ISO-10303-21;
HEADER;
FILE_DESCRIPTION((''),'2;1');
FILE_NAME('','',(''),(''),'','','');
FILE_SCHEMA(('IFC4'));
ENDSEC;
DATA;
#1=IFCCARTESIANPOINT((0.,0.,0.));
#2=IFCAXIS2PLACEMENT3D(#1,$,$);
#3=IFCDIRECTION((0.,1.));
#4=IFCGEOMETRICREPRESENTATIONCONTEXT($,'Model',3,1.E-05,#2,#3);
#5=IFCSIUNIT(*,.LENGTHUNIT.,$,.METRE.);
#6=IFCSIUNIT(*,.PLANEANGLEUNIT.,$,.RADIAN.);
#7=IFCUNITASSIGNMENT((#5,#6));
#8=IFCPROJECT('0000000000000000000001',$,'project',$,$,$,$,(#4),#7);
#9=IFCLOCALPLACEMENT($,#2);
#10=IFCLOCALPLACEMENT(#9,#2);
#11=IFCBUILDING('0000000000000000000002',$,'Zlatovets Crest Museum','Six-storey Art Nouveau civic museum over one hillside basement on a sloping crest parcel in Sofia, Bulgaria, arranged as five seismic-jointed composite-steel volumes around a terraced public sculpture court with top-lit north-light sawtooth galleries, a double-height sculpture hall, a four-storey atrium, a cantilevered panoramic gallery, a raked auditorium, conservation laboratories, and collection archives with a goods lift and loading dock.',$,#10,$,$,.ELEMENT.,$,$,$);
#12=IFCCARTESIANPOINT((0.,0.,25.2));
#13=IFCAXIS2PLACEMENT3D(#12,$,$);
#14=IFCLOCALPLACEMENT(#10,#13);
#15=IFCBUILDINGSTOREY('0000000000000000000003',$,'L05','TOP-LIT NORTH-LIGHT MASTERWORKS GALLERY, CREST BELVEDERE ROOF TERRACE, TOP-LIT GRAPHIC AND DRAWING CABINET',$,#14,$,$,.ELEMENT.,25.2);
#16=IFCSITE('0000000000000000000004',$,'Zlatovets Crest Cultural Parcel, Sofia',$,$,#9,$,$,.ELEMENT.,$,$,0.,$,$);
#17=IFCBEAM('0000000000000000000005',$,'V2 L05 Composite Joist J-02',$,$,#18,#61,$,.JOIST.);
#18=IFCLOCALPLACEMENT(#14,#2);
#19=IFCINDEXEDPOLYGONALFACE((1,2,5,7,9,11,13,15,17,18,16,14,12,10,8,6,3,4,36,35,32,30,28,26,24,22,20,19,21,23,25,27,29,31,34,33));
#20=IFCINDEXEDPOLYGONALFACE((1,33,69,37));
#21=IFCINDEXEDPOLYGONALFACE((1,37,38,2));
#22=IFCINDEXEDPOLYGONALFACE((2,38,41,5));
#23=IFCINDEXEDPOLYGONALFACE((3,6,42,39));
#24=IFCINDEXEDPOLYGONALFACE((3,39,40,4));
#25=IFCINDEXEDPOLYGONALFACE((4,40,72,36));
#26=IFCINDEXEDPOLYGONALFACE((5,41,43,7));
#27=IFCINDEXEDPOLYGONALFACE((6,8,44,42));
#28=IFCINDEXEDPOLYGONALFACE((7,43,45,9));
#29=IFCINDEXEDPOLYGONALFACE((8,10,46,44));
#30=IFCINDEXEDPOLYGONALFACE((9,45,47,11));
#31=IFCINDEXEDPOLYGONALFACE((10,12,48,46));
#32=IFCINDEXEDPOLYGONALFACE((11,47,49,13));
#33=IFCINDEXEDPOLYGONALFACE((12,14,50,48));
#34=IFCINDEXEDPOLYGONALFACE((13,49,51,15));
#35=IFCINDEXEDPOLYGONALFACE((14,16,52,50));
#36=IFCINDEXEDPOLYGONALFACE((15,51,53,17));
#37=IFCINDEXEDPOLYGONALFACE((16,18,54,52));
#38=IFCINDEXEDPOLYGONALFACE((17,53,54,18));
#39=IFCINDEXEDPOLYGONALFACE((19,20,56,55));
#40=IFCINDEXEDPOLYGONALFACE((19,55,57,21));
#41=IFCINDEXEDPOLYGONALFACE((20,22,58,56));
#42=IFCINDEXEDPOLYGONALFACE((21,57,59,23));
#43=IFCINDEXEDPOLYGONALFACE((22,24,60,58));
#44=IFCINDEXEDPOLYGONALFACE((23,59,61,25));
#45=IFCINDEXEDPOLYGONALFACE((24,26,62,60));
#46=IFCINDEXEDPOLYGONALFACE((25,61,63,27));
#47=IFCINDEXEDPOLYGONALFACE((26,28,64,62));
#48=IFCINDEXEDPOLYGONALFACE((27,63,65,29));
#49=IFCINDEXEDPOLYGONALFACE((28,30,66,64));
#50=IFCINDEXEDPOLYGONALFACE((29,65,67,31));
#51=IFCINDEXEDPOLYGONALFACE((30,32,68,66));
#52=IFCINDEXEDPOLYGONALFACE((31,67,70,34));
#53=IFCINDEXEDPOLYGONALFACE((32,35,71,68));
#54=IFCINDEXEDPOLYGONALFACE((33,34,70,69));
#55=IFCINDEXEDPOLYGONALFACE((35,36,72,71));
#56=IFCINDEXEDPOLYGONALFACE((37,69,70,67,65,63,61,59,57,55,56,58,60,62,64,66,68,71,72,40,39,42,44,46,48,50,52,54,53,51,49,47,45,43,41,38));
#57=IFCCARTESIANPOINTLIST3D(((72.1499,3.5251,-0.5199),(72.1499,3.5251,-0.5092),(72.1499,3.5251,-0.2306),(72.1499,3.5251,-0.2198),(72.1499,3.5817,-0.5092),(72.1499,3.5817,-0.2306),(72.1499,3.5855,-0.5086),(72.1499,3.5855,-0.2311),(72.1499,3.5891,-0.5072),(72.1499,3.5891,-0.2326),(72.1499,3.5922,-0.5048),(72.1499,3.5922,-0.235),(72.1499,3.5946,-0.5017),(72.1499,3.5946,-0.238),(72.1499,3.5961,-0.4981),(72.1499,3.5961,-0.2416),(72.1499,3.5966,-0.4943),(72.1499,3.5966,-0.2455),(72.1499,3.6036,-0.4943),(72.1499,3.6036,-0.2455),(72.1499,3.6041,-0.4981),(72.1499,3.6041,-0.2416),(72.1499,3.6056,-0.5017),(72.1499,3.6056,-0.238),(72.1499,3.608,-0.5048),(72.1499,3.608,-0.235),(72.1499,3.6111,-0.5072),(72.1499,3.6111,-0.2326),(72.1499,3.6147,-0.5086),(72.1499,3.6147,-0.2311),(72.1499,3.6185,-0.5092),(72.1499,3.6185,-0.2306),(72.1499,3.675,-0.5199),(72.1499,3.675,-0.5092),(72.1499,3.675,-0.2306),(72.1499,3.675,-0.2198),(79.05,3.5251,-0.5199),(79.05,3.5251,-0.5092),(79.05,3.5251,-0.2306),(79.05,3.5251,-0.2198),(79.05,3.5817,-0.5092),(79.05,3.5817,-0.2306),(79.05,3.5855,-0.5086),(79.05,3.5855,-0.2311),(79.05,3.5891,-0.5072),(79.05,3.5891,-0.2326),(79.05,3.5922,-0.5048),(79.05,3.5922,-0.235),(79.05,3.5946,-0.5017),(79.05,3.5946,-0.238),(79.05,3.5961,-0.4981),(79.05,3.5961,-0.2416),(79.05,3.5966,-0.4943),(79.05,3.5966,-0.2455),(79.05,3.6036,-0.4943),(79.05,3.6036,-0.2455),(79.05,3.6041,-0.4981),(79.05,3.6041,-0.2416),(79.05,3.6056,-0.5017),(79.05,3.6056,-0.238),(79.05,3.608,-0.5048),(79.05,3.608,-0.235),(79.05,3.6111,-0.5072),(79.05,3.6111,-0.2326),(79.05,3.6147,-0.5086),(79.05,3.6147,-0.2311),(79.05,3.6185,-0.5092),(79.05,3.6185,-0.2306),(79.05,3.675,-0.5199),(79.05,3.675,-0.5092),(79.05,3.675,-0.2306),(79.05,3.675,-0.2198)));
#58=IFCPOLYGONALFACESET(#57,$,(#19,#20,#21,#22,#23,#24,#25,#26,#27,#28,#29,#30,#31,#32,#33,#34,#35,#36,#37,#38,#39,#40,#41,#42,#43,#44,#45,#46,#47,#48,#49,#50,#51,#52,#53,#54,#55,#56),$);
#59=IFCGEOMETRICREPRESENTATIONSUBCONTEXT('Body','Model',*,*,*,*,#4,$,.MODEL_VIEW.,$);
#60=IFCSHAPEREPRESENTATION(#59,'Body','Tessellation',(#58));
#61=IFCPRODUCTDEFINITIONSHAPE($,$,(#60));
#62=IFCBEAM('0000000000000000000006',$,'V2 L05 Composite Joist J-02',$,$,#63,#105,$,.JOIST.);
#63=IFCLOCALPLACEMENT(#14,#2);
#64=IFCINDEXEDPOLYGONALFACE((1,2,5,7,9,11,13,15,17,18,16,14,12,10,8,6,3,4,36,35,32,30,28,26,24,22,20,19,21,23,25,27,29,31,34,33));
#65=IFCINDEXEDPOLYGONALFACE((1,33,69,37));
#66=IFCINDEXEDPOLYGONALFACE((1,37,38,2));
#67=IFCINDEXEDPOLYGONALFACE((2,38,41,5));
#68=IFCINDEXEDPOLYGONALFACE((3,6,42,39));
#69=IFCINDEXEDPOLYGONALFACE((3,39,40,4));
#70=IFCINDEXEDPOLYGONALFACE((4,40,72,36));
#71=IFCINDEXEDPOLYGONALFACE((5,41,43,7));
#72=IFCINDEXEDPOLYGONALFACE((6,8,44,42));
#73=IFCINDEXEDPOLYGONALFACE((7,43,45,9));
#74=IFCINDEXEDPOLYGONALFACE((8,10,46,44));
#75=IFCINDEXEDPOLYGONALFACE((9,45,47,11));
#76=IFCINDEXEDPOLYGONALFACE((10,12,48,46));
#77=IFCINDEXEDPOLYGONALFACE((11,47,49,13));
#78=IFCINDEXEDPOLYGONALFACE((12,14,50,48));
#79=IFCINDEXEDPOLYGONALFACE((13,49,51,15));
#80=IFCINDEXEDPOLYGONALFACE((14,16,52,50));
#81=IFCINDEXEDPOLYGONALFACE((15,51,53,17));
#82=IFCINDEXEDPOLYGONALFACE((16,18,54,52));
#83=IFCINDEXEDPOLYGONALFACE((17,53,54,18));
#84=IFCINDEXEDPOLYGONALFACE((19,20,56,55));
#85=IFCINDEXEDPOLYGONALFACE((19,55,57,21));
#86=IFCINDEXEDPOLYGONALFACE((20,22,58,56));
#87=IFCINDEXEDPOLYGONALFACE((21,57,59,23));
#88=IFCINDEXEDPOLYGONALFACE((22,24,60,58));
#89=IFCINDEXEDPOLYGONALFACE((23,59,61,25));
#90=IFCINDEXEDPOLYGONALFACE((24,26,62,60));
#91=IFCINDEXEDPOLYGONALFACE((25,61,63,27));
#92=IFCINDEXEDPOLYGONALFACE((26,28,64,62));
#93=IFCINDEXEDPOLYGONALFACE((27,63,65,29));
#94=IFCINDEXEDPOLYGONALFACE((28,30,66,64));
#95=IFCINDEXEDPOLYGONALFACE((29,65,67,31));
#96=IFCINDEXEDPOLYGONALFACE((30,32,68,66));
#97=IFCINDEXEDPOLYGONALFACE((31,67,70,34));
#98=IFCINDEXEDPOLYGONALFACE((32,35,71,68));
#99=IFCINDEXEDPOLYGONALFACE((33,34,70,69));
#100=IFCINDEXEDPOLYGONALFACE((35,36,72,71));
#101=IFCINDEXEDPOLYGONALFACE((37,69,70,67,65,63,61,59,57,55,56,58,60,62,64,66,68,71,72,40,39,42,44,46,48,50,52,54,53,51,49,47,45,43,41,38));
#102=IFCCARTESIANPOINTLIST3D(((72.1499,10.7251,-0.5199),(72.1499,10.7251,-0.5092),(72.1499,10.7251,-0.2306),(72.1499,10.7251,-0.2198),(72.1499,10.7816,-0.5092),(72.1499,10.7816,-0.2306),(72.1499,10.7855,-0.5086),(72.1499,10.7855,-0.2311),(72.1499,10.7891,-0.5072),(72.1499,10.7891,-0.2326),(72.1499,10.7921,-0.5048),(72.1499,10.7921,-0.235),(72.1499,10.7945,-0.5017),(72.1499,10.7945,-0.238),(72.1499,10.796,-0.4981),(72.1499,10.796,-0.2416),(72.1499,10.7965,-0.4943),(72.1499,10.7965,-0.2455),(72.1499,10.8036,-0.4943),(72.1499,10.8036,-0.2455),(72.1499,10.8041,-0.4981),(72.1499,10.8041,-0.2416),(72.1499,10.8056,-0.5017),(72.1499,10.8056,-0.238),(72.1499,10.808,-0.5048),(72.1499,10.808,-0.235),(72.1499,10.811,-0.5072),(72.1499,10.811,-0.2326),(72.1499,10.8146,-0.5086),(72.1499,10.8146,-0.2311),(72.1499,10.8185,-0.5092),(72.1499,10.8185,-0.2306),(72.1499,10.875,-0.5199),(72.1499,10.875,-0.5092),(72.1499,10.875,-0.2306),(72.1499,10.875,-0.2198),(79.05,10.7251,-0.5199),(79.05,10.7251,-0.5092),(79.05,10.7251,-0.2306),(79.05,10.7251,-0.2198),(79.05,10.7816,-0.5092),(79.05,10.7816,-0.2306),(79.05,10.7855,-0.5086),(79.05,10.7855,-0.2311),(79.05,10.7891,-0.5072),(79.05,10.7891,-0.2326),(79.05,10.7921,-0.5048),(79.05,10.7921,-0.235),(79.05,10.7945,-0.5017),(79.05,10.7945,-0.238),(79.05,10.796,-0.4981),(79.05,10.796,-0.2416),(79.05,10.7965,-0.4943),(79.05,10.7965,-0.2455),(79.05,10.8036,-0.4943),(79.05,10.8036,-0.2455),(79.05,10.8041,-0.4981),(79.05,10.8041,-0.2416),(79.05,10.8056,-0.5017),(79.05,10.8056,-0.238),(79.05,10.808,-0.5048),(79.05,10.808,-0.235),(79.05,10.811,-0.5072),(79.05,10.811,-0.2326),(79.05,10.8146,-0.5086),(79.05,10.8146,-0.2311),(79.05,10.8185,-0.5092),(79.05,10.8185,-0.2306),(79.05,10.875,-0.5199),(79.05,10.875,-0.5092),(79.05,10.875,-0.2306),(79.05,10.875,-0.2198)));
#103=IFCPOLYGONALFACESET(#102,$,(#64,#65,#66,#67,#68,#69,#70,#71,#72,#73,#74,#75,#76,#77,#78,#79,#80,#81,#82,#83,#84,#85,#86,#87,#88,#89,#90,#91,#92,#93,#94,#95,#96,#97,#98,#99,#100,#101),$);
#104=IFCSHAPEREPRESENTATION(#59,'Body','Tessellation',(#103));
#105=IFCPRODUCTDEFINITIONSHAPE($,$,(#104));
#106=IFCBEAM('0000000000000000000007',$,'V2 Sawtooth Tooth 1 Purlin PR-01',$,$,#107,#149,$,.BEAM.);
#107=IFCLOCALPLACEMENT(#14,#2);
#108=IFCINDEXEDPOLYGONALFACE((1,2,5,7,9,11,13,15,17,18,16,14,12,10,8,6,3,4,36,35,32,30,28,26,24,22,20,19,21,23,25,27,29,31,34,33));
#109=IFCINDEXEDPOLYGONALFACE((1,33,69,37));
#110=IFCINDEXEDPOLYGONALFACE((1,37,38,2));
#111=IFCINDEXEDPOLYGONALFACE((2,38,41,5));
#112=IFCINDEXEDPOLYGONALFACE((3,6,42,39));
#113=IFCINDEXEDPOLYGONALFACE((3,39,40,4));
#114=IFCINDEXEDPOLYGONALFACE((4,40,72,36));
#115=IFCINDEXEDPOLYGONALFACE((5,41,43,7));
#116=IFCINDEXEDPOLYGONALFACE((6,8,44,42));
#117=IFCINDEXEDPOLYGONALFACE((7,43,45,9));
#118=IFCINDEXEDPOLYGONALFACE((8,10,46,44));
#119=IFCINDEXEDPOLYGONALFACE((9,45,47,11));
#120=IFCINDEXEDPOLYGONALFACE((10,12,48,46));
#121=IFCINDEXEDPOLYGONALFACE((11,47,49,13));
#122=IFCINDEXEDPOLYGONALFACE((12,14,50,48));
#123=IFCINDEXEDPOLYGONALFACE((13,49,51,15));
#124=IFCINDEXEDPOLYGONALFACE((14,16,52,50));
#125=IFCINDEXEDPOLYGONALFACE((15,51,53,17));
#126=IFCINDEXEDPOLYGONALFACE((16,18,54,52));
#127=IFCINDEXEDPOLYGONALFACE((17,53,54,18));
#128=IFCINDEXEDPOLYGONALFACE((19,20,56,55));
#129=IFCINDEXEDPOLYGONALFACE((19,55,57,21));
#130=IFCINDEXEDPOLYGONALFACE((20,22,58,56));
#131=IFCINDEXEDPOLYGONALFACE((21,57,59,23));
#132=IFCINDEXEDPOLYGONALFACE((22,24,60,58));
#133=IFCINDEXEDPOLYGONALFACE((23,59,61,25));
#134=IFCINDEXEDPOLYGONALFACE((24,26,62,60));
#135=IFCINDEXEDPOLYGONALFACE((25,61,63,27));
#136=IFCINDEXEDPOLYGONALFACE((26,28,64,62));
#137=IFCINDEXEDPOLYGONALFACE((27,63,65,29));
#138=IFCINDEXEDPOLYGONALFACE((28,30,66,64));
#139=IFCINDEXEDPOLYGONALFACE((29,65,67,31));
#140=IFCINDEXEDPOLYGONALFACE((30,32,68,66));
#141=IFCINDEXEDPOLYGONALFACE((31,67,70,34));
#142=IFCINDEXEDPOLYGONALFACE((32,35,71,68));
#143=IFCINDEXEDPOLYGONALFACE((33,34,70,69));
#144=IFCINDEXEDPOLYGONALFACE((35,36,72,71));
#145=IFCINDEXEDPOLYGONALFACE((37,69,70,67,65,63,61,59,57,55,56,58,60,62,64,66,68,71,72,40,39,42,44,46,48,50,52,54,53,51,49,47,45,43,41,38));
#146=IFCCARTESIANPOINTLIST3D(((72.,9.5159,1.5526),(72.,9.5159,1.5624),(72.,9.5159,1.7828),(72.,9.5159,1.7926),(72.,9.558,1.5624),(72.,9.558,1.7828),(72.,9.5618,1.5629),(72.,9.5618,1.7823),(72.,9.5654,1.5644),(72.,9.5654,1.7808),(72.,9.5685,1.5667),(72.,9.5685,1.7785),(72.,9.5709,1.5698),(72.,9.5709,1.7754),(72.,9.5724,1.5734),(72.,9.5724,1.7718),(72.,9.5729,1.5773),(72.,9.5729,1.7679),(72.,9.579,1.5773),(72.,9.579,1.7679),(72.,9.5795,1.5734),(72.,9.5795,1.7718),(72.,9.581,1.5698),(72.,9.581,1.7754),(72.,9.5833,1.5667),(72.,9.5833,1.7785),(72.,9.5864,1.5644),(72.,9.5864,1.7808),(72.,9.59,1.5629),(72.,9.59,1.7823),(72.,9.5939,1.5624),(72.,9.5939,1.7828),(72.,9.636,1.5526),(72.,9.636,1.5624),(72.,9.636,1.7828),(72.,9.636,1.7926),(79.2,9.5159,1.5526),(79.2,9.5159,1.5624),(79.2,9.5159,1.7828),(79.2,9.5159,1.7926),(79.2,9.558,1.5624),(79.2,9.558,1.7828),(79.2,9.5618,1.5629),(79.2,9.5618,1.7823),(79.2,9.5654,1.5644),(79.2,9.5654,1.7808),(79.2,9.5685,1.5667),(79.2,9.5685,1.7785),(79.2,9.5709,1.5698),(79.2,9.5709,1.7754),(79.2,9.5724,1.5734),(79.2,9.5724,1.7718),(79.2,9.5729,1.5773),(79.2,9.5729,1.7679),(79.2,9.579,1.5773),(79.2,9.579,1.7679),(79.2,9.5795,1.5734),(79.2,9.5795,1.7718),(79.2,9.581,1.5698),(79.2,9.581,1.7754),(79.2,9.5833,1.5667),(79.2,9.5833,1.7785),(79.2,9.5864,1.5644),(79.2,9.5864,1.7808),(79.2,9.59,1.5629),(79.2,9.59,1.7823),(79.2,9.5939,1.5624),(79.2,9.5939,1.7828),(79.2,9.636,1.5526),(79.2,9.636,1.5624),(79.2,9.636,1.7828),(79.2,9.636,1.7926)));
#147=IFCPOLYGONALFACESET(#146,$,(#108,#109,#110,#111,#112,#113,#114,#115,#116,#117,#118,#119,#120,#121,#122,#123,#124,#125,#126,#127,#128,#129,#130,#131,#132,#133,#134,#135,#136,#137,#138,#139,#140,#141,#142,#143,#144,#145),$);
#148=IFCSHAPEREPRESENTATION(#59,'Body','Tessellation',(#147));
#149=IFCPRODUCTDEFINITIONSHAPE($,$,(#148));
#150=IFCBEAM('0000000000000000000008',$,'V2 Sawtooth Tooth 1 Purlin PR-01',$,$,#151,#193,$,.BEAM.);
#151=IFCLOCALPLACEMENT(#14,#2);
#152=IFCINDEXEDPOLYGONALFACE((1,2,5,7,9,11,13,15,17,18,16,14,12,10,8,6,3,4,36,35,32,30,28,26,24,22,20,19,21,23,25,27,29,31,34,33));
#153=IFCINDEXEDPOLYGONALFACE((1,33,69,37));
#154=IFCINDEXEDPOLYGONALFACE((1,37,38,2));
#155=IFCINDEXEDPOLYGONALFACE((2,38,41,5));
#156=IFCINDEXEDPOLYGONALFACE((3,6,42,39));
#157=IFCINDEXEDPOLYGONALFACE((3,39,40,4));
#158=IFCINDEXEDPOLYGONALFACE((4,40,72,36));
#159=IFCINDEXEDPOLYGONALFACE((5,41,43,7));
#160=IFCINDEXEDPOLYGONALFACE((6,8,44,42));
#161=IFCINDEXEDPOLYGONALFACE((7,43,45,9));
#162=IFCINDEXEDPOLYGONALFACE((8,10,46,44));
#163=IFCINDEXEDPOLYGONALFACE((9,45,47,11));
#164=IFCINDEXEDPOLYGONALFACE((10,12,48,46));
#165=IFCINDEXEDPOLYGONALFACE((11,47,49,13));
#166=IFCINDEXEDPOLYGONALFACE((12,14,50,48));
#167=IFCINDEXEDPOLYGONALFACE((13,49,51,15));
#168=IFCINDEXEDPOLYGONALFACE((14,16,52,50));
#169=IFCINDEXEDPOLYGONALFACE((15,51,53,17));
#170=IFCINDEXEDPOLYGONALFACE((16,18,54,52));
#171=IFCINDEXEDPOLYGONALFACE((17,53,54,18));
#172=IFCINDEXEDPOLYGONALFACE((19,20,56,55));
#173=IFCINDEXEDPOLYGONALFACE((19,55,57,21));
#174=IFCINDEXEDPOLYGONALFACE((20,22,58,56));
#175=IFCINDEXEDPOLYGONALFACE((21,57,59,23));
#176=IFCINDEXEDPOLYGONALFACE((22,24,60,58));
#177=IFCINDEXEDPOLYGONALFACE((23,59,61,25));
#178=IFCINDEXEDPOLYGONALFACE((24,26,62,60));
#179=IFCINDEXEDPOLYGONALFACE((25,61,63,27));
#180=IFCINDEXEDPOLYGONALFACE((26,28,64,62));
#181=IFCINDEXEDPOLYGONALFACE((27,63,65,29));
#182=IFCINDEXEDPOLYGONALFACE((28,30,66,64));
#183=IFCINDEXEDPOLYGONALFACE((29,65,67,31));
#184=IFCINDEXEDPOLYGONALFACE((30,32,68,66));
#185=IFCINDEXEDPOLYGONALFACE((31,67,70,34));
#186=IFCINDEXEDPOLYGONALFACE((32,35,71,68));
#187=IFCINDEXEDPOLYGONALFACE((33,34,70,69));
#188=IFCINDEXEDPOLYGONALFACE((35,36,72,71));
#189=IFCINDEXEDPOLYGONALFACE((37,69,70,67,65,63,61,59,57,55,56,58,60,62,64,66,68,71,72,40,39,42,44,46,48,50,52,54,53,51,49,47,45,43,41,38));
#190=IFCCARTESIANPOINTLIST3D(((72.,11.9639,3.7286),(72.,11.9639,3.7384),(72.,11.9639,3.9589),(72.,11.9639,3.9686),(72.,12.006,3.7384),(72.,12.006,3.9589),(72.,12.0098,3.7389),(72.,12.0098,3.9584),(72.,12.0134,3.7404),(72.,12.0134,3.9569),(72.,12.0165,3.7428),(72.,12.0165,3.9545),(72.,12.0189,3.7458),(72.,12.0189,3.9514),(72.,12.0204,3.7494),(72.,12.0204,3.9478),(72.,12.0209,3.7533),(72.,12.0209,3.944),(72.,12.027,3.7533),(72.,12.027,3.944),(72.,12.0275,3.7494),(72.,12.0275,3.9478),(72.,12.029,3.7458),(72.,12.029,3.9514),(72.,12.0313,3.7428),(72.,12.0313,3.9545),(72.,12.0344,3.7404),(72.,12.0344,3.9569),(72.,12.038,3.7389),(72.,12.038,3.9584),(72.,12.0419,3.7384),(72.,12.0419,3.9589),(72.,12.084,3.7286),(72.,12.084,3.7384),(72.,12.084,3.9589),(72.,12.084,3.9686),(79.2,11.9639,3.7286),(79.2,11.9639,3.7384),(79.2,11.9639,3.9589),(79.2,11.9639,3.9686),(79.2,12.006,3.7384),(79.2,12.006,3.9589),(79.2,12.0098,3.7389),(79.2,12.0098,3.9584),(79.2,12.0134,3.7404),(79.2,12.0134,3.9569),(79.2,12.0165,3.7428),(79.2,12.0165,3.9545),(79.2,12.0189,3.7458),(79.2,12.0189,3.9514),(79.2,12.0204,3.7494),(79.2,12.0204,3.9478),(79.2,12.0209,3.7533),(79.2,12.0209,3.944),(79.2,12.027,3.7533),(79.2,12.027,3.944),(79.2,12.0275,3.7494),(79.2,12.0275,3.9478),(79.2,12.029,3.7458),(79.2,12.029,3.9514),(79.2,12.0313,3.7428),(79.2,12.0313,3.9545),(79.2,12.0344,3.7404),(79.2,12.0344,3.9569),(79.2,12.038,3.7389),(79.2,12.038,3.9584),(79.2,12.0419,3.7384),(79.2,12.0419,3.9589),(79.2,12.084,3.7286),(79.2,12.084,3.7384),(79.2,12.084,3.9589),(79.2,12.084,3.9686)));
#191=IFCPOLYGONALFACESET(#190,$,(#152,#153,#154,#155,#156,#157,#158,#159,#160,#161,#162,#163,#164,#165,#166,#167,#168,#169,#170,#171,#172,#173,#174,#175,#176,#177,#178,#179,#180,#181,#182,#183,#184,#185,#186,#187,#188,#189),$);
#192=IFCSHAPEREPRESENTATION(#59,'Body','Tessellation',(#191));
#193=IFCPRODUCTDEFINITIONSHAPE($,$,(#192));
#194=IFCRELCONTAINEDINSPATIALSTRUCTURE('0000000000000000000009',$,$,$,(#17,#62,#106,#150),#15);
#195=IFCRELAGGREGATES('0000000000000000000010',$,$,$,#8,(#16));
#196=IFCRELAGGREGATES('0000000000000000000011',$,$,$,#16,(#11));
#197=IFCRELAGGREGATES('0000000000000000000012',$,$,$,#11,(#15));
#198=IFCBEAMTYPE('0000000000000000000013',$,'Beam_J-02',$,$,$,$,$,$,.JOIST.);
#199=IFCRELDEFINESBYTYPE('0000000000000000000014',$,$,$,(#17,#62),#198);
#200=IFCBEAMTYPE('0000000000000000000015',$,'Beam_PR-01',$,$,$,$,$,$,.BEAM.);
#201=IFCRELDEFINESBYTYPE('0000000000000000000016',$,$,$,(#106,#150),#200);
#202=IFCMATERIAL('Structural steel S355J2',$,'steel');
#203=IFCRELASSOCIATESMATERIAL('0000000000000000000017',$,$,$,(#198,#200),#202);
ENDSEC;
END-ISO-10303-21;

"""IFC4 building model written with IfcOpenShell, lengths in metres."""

from ifc_helpers import new_model, si_unit, direction, frame, origin, origin_2d, place, context, subcontext, project, spatial, i_section, extrude, material, material_profile, profile_set, type_object, element, save


model = new_model("IFC4")

# Units and contexts
model_context = context("Model", 3, precision=1e-05, world=origin(), true_north=direction((0.0, 1.0)))
body_context = subcontext(model_context, "Body", "Model", "MODEL_VIEW")
ifc_project = project(units=[si_unit("LENGTHUNIT", "METRE"), si_unit("PLANEANGLEUNIT", "RADIAN")], contexts=[model_context])

# Site, building, storey
site_placement = place(None, origin())
site = spatial("IfcSite", under=ifc_project, at=site_placement, Name="Zlatovets Crest Cultural Parcel, Sofia", CompositionType="ELEMENT", RefElevation=0.0)
building_placement = place(site_placement, origin())
building = spatial("IfcBuilding", under=site, at=building_placement, Name="Zlatovets Crest Museum", Description="Six-storey Art Nouveau civic museum over one hillside basement on a sloping crest parcel in Sofia, Bulgaria, arranged as five seismic-jointed composite-steel volumes around a terraced public sculpture court with top-lit north-light sawtooth galleries, a double-height sculpture hall, a four-storey atrium, a cantilevered panoramic gallery, a raked auditorium, conservation laboratories, and collection archives with a goods lift and loading dock.", CompositionType="ELEMENT")
storey_placement = place(building_placement, frame((0.0, 0.0, 25.2)))
storey = spatial("IfcBuildingStorey", under=building, at=storey_placement, Name="L05", Description="TOP-LIT NORTH-LIGHT MASTERWORKS GALLERY, CREST BELVEDERE ROOF TERRACE, TOP-LIT GRAPHIC AND DRAWING CABINET", CompositionType="ELEMENT", Elevation=25.2)

# Beams
ifc_material_1 = material(Name="Structural steel S355J2", Category="steel")
ifc_material_profile_1 = material_profile(ifc_material_1, i_section(OverallWidth=0.1499, OverallDepth=0.3, WebThickness=0.0071, FlangeThickness=0.0107, FilletRadius=0.0149, at=origin_2d()), Name="IPE 300")
ifc_profile_set_1 = profile_set([ifc_material_profile_1], Name="Structural steel S355J2")
beam_type_1 = type_object("IfcBeamType", Name="Beam_J-02", PredefinedType="JOIST", material=ifc_profile_set_1)
for number, where, z_axis, x_axis, name in (
    (1, (72.1499, 3.6001, -0.3699), (1.0, 0.0, 0.0), (0.0, 1.0, 0.0), "V2 L05 Composite Joist J-02"),
    (2, (72.1499, 10.8, -0.3699), (1.0, 0.0, 0.0), (0.0, 1.0, 0.0), "V2 L05 Composite Joist J-02"),
):
    element("IfcBeam", number, at=place(storey_placement, frame(where, z_axis=z_axis, x_axis=x_axis)), inside=storey, type_object=beam_type_1, Name=name, PredefinedType="JOIST", context=body_context, shape_type="SweptSolid", body=[
        extrude(i_section(OverallWidth=0.1499, OverallDepth=0.3, WebThickness=0.0071, FlangeThickness=0.0107, FilletRadius=0.0149, at=origin_2d()), origin(), (0.0, 0.0, 1.0), 6.9001),
    ])
ifc_material_profile_2 = material_profile(ifc_material_1, i_section(OverallWidth=0.1201, OverallDepth=0.24, WebThickness=0.0061, FlangeThickness=0.0098, FilletRadius=0.0149, at=origin_2d()), Name="IPE 240")
ifc_profile_set_2 = profile_set([ifc_material_profile_2], Name="Structural steel S355J2")
beam_type_2 = type_object("IfcBeamType", Name="Beam_PR-01", PredefinedType="BEAM", material=ifc_profile_set_2)
for number, where, z_axis, x_axis, name in (
    (3, (72.0, 9.5759, 1.6726), (1.0, 0.0, 0.0), (0.0, 1.0, 0.0), "V2 Sawtooth Tooth 1 Purlin PR-01"),
    (4, (72.0, 12.0239, 3.8486), (1.0, 0.0, 0.0), (0.0, 1.0, 0.0), "V2 Sawtooth Tooth 1 Purlin PR-01"),
):
    element("IfcBeam", number, at=place(storey_placement, frame(where, z_axis=z_axis, x_axis=x_axis)), inside=storey, type_object=beam_type_2, Name=name, PredefinedType="BEAM", context=body_context, shape_type="SweptSolid", body=[
        extrude(i_section(OverallWidth=0.1201, OverallDepth=0.24, WebThickness=0.0061, FlangeThickness=0.0098, FilletRadius=0.0149, at=origin_2d()), origin(), (0.0, 0.0, 1.0), 7.2),
    ])

save(model, "model.ifc")
